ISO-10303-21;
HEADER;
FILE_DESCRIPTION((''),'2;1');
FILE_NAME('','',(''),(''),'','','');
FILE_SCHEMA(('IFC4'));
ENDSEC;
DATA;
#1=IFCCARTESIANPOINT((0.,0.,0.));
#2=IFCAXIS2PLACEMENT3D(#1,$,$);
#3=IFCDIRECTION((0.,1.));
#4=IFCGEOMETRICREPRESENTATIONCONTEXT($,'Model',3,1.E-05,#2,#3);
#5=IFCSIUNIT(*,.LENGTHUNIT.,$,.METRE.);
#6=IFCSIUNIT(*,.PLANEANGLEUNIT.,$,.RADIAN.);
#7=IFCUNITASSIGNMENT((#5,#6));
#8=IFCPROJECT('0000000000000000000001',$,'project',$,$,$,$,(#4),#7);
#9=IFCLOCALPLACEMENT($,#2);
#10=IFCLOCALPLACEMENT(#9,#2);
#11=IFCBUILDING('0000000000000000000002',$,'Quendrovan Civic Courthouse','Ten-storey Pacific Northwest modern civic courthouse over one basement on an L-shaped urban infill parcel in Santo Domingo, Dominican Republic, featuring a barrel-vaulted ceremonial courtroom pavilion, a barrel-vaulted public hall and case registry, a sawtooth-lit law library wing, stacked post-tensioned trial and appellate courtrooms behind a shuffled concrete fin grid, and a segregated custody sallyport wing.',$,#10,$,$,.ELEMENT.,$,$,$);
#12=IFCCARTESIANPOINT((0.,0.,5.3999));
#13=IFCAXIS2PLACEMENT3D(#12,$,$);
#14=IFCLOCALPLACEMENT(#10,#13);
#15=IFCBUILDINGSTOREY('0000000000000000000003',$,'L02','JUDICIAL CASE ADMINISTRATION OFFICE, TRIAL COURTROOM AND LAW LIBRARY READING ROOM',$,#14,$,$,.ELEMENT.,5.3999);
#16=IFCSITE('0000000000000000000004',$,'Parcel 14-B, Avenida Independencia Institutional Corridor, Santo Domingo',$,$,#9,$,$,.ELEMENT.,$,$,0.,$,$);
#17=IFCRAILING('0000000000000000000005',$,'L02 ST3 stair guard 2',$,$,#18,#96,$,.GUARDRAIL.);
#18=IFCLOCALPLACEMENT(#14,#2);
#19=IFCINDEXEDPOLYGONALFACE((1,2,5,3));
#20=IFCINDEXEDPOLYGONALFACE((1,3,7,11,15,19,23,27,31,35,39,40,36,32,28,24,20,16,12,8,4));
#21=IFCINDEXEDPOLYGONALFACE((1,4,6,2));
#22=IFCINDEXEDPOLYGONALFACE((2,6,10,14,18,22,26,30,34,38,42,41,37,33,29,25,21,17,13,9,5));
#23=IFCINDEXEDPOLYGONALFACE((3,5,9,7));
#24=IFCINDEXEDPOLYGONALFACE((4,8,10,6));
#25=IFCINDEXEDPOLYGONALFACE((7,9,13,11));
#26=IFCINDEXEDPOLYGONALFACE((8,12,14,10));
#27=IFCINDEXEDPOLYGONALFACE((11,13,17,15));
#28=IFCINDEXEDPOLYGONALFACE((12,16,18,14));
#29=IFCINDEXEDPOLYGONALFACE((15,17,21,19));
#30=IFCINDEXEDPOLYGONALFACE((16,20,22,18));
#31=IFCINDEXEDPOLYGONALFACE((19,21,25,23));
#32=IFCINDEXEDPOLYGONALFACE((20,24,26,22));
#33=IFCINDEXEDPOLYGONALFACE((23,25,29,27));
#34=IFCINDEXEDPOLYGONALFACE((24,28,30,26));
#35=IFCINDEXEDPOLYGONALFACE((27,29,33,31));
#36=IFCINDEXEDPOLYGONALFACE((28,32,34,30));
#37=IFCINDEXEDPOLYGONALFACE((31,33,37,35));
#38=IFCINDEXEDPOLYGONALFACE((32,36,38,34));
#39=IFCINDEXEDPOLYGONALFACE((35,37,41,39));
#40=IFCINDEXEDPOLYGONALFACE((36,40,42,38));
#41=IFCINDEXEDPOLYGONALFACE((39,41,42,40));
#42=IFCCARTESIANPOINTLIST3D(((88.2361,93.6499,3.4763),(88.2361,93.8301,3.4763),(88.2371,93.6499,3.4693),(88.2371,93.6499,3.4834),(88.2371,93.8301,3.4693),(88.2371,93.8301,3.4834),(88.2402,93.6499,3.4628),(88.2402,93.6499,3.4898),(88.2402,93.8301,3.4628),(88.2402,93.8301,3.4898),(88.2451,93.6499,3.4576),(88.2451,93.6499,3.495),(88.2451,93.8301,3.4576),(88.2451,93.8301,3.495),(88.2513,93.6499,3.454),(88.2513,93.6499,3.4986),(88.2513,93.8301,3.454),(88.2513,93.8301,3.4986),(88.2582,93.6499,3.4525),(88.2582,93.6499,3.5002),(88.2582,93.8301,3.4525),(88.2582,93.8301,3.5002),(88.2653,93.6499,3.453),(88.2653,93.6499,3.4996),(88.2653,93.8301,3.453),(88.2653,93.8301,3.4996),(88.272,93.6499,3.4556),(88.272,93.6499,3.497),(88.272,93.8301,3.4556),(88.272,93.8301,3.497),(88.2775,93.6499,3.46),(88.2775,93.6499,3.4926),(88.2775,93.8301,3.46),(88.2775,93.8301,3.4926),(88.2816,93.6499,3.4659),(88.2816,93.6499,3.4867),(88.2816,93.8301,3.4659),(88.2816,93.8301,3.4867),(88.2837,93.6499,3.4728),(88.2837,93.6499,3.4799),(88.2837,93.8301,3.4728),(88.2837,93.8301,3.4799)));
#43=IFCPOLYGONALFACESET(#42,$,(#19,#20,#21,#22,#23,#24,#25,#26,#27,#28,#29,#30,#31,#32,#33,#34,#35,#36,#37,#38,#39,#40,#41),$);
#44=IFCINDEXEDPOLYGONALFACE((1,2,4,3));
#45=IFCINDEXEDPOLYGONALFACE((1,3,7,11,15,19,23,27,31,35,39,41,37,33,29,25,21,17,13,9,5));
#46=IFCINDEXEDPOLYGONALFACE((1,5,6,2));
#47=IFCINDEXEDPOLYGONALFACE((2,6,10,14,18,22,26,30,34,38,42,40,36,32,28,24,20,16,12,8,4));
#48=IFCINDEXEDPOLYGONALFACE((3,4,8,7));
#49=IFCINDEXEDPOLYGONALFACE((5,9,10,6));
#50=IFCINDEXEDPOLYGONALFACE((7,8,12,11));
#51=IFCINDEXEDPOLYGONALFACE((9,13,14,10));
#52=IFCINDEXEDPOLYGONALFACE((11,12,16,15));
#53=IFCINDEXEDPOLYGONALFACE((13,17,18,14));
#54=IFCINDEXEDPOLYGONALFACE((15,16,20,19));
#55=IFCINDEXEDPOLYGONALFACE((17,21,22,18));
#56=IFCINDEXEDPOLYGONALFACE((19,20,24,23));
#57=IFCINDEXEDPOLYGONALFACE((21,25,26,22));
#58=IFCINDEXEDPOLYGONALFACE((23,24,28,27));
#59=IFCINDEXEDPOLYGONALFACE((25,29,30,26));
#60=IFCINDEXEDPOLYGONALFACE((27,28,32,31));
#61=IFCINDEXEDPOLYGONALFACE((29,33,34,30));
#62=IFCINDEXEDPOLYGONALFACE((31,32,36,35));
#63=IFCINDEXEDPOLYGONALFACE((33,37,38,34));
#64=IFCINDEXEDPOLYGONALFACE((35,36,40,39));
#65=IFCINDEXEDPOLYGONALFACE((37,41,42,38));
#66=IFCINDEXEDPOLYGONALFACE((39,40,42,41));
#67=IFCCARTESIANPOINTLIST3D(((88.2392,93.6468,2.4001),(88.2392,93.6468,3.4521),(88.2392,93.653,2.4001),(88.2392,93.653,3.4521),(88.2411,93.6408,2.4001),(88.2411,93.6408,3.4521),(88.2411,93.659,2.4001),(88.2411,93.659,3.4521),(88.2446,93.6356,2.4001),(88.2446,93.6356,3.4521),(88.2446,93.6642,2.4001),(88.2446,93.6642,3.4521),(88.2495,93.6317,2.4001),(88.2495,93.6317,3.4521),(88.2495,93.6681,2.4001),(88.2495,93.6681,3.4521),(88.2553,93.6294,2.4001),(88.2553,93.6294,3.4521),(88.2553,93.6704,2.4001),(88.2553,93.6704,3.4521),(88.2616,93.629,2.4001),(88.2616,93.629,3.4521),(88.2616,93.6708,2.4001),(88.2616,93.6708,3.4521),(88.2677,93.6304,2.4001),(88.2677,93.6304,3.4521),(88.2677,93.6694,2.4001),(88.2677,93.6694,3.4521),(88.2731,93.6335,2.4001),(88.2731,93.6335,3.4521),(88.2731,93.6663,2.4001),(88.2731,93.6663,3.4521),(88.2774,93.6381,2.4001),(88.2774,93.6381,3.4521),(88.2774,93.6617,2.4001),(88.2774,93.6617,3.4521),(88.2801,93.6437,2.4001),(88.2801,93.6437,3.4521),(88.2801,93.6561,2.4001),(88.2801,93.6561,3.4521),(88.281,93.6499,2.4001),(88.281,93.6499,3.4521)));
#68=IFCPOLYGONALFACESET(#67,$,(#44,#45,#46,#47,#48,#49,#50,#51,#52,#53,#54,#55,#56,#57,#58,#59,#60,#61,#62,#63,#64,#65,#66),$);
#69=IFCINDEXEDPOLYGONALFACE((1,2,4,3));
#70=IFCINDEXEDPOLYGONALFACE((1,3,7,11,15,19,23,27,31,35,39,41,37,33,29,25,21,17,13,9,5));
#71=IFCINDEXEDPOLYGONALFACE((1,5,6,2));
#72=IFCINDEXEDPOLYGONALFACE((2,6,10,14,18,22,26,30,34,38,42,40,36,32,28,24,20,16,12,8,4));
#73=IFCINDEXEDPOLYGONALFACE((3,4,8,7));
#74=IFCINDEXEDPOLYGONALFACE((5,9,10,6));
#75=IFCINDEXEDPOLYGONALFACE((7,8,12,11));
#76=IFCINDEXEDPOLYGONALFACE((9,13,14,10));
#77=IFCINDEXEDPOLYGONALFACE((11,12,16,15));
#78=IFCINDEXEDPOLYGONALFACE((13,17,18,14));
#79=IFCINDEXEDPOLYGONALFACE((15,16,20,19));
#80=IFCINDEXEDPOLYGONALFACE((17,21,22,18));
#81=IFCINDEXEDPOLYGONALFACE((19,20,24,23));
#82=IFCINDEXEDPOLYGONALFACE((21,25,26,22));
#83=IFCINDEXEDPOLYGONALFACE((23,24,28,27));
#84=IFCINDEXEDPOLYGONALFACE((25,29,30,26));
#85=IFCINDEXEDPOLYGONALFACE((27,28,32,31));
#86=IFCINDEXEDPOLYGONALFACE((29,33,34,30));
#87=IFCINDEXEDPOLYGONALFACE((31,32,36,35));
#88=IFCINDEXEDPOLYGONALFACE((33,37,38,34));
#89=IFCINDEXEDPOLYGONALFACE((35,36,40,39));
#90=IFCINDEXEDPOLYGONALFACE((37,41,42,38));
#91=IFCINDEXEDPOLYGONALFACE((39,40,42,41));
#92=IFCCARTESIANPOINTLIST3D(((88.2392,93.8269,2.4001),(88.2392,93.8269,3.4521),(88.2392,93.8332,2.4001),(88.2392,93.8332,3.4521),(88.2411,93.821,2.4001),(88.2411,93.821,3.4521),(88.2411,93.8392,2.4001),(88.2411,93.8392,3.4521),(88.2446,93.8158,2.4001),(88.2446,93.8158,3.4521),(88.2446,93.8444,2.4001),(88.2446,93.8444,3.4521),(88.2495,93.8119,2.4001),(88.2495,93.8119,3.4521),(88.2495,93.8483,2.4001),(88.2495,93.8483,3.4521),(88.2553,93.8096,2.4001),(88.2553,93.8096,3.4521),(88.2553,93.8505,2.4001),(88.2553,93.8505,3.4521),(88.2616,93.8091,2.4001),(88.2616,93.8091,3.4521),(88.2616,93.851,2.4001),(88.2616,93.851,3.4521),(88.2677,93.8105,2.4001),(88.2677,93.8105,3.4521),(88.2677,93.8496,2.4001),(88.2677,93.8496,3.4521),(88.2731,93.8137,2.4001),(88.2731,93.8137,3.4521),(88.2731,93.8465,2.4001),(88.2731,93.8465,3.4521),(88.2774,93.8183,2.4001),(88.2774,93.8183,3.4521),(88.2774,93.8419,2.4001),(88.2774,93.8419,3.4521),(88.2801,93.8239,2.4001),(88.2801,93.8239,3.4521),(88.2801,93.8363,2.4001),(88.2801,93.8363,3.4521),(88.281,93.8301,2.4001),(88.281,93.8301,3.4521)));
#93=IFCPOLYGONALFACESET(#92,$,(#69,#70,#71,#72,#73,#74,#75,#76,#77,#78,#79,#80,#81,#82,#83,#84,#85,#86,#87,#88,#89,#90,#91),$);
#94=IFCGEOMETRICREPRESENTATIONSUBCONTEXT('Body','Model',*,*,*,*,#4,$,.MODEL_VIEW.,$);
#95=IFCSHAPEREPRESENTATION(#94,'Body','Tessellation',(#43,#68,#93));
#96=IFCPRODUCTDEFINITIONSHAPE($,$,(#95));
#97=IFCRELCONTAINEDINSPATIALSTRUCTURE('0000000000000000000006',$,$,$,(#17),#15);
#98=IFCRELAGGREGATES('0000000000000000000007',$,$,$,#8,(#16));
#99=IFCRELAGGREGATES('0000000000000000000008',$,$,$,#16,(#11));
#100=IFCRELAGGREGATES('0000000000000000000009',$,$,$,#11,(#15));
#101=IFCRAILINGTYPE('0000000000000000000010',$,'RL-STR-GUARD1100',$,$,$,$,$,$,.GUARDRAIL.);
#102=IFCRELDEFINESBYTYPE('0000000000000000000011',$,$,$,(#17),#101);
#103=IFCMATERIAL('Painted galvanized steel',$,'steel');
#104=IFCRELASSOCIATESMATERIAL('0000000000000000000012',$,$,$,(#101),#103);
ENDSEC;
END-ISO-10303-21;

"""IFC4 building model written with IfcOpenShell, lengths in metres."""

from ifc_helpers import new_model, si_unit, direction, frame, origin, origin_2d, place, context, subcontext, project, spatial, circle, extrude, material, type_object, element, save


model = new_model("IFC4")

# Units and contexts
model_context = context("Model", 3, precision=1e-05, world=origin(), true_north=direction((0.0, 1.0)))
body_context = subcontext(model_context, "Body", "Model", "MODEL_VIEW")
ifc_project = project(units=[si_unit("LENGTHUNIT", "METRE"), si_unit("PLANEANGLEUNIT", "RADIAN")], contexts=[model_context])

# Site, building, storey
site_placement = place(None, origin())
site = spatial("IfcSite", under=ifc_project, at=site_placement, Name="Parcel 14-B, Avenida Independencia Institutional Corridor, Santo Domingo", CompositionType="ELEMENT", RefElevation=0.0)
building_placement = place(site_placement, origin())
building = spatial("IfcBuilding", under=site, at=building_placement, Name="Quendrovan Civic Courthouse", Description="Ten-storey Pacific Northwest modern civic courthouse over one basement on an L-shaped urban infill parcel in Santo Domingo, Dominican Republic, featuring a barrel-vaulted ceremonial courtroom pavilion, a barrel-vaulted public hall and case registry, a sawtooth-lit law library wing, stacked post-tensioned trial and appellate courtrooms behind a shuffled concrete fin grid, and a segregated custody sallyport wing.", CompositionType="ELEMENT")
storey_placement = place(building_placement, frame((0.0, 0.0, 5.3999)))
storey = spatial("IfcBuildingStorey", under=building, at=storey_placement, Name="L02", Description="JUDICIAL CASE ADMINISTRATION OFFICE, TRIAL COURTROOM AND LAW LIBRARY READING ROOM", CompositionType="ELEMENT", Elevation=5.3999)

# Railing
ifc_material_1 = material(Name="Painted galvanized steel", Category="steel")
railing_type_1 = type_object("IfcRailingType", Name="RL-STR-GUARD1100", PredefinedType="GUARDRAIL", material=ifc_material_1)
railing_1_placement = place(storey_placement, frame((88.26, 93.6499, 2.4001)))
element("IfcRailing", 1, at=railing_1_placement, inside=storey, type_object=railing_type_1, Name="L02 ST3 stair guard 2", PredefinedType="GUARDRAIL", context=body_context, shape_type="SweptSolid", body=[
    extrude(circle(Radius=0.0239, at=origin_2d()), frame((0.0, 0.0, 1.0762), z_axis=(0.0, 1.0, 0.0), x_axis=(-1.0, 0.0, 0.0)), (0.0, 0.0, 1.0), 0.1802),
    extrude(circle(Radius=0.021, at=origin_2d()), origin(), (0.0, 0.0, 1.0), 1.052),
    extrude(circle(Radius=0.021, at=origin_2d()), frame((0.0, 0.1802, 0.0)), (0.0, 0.0, 1.0), 1.052),
])

save(model, "model.ifc")
